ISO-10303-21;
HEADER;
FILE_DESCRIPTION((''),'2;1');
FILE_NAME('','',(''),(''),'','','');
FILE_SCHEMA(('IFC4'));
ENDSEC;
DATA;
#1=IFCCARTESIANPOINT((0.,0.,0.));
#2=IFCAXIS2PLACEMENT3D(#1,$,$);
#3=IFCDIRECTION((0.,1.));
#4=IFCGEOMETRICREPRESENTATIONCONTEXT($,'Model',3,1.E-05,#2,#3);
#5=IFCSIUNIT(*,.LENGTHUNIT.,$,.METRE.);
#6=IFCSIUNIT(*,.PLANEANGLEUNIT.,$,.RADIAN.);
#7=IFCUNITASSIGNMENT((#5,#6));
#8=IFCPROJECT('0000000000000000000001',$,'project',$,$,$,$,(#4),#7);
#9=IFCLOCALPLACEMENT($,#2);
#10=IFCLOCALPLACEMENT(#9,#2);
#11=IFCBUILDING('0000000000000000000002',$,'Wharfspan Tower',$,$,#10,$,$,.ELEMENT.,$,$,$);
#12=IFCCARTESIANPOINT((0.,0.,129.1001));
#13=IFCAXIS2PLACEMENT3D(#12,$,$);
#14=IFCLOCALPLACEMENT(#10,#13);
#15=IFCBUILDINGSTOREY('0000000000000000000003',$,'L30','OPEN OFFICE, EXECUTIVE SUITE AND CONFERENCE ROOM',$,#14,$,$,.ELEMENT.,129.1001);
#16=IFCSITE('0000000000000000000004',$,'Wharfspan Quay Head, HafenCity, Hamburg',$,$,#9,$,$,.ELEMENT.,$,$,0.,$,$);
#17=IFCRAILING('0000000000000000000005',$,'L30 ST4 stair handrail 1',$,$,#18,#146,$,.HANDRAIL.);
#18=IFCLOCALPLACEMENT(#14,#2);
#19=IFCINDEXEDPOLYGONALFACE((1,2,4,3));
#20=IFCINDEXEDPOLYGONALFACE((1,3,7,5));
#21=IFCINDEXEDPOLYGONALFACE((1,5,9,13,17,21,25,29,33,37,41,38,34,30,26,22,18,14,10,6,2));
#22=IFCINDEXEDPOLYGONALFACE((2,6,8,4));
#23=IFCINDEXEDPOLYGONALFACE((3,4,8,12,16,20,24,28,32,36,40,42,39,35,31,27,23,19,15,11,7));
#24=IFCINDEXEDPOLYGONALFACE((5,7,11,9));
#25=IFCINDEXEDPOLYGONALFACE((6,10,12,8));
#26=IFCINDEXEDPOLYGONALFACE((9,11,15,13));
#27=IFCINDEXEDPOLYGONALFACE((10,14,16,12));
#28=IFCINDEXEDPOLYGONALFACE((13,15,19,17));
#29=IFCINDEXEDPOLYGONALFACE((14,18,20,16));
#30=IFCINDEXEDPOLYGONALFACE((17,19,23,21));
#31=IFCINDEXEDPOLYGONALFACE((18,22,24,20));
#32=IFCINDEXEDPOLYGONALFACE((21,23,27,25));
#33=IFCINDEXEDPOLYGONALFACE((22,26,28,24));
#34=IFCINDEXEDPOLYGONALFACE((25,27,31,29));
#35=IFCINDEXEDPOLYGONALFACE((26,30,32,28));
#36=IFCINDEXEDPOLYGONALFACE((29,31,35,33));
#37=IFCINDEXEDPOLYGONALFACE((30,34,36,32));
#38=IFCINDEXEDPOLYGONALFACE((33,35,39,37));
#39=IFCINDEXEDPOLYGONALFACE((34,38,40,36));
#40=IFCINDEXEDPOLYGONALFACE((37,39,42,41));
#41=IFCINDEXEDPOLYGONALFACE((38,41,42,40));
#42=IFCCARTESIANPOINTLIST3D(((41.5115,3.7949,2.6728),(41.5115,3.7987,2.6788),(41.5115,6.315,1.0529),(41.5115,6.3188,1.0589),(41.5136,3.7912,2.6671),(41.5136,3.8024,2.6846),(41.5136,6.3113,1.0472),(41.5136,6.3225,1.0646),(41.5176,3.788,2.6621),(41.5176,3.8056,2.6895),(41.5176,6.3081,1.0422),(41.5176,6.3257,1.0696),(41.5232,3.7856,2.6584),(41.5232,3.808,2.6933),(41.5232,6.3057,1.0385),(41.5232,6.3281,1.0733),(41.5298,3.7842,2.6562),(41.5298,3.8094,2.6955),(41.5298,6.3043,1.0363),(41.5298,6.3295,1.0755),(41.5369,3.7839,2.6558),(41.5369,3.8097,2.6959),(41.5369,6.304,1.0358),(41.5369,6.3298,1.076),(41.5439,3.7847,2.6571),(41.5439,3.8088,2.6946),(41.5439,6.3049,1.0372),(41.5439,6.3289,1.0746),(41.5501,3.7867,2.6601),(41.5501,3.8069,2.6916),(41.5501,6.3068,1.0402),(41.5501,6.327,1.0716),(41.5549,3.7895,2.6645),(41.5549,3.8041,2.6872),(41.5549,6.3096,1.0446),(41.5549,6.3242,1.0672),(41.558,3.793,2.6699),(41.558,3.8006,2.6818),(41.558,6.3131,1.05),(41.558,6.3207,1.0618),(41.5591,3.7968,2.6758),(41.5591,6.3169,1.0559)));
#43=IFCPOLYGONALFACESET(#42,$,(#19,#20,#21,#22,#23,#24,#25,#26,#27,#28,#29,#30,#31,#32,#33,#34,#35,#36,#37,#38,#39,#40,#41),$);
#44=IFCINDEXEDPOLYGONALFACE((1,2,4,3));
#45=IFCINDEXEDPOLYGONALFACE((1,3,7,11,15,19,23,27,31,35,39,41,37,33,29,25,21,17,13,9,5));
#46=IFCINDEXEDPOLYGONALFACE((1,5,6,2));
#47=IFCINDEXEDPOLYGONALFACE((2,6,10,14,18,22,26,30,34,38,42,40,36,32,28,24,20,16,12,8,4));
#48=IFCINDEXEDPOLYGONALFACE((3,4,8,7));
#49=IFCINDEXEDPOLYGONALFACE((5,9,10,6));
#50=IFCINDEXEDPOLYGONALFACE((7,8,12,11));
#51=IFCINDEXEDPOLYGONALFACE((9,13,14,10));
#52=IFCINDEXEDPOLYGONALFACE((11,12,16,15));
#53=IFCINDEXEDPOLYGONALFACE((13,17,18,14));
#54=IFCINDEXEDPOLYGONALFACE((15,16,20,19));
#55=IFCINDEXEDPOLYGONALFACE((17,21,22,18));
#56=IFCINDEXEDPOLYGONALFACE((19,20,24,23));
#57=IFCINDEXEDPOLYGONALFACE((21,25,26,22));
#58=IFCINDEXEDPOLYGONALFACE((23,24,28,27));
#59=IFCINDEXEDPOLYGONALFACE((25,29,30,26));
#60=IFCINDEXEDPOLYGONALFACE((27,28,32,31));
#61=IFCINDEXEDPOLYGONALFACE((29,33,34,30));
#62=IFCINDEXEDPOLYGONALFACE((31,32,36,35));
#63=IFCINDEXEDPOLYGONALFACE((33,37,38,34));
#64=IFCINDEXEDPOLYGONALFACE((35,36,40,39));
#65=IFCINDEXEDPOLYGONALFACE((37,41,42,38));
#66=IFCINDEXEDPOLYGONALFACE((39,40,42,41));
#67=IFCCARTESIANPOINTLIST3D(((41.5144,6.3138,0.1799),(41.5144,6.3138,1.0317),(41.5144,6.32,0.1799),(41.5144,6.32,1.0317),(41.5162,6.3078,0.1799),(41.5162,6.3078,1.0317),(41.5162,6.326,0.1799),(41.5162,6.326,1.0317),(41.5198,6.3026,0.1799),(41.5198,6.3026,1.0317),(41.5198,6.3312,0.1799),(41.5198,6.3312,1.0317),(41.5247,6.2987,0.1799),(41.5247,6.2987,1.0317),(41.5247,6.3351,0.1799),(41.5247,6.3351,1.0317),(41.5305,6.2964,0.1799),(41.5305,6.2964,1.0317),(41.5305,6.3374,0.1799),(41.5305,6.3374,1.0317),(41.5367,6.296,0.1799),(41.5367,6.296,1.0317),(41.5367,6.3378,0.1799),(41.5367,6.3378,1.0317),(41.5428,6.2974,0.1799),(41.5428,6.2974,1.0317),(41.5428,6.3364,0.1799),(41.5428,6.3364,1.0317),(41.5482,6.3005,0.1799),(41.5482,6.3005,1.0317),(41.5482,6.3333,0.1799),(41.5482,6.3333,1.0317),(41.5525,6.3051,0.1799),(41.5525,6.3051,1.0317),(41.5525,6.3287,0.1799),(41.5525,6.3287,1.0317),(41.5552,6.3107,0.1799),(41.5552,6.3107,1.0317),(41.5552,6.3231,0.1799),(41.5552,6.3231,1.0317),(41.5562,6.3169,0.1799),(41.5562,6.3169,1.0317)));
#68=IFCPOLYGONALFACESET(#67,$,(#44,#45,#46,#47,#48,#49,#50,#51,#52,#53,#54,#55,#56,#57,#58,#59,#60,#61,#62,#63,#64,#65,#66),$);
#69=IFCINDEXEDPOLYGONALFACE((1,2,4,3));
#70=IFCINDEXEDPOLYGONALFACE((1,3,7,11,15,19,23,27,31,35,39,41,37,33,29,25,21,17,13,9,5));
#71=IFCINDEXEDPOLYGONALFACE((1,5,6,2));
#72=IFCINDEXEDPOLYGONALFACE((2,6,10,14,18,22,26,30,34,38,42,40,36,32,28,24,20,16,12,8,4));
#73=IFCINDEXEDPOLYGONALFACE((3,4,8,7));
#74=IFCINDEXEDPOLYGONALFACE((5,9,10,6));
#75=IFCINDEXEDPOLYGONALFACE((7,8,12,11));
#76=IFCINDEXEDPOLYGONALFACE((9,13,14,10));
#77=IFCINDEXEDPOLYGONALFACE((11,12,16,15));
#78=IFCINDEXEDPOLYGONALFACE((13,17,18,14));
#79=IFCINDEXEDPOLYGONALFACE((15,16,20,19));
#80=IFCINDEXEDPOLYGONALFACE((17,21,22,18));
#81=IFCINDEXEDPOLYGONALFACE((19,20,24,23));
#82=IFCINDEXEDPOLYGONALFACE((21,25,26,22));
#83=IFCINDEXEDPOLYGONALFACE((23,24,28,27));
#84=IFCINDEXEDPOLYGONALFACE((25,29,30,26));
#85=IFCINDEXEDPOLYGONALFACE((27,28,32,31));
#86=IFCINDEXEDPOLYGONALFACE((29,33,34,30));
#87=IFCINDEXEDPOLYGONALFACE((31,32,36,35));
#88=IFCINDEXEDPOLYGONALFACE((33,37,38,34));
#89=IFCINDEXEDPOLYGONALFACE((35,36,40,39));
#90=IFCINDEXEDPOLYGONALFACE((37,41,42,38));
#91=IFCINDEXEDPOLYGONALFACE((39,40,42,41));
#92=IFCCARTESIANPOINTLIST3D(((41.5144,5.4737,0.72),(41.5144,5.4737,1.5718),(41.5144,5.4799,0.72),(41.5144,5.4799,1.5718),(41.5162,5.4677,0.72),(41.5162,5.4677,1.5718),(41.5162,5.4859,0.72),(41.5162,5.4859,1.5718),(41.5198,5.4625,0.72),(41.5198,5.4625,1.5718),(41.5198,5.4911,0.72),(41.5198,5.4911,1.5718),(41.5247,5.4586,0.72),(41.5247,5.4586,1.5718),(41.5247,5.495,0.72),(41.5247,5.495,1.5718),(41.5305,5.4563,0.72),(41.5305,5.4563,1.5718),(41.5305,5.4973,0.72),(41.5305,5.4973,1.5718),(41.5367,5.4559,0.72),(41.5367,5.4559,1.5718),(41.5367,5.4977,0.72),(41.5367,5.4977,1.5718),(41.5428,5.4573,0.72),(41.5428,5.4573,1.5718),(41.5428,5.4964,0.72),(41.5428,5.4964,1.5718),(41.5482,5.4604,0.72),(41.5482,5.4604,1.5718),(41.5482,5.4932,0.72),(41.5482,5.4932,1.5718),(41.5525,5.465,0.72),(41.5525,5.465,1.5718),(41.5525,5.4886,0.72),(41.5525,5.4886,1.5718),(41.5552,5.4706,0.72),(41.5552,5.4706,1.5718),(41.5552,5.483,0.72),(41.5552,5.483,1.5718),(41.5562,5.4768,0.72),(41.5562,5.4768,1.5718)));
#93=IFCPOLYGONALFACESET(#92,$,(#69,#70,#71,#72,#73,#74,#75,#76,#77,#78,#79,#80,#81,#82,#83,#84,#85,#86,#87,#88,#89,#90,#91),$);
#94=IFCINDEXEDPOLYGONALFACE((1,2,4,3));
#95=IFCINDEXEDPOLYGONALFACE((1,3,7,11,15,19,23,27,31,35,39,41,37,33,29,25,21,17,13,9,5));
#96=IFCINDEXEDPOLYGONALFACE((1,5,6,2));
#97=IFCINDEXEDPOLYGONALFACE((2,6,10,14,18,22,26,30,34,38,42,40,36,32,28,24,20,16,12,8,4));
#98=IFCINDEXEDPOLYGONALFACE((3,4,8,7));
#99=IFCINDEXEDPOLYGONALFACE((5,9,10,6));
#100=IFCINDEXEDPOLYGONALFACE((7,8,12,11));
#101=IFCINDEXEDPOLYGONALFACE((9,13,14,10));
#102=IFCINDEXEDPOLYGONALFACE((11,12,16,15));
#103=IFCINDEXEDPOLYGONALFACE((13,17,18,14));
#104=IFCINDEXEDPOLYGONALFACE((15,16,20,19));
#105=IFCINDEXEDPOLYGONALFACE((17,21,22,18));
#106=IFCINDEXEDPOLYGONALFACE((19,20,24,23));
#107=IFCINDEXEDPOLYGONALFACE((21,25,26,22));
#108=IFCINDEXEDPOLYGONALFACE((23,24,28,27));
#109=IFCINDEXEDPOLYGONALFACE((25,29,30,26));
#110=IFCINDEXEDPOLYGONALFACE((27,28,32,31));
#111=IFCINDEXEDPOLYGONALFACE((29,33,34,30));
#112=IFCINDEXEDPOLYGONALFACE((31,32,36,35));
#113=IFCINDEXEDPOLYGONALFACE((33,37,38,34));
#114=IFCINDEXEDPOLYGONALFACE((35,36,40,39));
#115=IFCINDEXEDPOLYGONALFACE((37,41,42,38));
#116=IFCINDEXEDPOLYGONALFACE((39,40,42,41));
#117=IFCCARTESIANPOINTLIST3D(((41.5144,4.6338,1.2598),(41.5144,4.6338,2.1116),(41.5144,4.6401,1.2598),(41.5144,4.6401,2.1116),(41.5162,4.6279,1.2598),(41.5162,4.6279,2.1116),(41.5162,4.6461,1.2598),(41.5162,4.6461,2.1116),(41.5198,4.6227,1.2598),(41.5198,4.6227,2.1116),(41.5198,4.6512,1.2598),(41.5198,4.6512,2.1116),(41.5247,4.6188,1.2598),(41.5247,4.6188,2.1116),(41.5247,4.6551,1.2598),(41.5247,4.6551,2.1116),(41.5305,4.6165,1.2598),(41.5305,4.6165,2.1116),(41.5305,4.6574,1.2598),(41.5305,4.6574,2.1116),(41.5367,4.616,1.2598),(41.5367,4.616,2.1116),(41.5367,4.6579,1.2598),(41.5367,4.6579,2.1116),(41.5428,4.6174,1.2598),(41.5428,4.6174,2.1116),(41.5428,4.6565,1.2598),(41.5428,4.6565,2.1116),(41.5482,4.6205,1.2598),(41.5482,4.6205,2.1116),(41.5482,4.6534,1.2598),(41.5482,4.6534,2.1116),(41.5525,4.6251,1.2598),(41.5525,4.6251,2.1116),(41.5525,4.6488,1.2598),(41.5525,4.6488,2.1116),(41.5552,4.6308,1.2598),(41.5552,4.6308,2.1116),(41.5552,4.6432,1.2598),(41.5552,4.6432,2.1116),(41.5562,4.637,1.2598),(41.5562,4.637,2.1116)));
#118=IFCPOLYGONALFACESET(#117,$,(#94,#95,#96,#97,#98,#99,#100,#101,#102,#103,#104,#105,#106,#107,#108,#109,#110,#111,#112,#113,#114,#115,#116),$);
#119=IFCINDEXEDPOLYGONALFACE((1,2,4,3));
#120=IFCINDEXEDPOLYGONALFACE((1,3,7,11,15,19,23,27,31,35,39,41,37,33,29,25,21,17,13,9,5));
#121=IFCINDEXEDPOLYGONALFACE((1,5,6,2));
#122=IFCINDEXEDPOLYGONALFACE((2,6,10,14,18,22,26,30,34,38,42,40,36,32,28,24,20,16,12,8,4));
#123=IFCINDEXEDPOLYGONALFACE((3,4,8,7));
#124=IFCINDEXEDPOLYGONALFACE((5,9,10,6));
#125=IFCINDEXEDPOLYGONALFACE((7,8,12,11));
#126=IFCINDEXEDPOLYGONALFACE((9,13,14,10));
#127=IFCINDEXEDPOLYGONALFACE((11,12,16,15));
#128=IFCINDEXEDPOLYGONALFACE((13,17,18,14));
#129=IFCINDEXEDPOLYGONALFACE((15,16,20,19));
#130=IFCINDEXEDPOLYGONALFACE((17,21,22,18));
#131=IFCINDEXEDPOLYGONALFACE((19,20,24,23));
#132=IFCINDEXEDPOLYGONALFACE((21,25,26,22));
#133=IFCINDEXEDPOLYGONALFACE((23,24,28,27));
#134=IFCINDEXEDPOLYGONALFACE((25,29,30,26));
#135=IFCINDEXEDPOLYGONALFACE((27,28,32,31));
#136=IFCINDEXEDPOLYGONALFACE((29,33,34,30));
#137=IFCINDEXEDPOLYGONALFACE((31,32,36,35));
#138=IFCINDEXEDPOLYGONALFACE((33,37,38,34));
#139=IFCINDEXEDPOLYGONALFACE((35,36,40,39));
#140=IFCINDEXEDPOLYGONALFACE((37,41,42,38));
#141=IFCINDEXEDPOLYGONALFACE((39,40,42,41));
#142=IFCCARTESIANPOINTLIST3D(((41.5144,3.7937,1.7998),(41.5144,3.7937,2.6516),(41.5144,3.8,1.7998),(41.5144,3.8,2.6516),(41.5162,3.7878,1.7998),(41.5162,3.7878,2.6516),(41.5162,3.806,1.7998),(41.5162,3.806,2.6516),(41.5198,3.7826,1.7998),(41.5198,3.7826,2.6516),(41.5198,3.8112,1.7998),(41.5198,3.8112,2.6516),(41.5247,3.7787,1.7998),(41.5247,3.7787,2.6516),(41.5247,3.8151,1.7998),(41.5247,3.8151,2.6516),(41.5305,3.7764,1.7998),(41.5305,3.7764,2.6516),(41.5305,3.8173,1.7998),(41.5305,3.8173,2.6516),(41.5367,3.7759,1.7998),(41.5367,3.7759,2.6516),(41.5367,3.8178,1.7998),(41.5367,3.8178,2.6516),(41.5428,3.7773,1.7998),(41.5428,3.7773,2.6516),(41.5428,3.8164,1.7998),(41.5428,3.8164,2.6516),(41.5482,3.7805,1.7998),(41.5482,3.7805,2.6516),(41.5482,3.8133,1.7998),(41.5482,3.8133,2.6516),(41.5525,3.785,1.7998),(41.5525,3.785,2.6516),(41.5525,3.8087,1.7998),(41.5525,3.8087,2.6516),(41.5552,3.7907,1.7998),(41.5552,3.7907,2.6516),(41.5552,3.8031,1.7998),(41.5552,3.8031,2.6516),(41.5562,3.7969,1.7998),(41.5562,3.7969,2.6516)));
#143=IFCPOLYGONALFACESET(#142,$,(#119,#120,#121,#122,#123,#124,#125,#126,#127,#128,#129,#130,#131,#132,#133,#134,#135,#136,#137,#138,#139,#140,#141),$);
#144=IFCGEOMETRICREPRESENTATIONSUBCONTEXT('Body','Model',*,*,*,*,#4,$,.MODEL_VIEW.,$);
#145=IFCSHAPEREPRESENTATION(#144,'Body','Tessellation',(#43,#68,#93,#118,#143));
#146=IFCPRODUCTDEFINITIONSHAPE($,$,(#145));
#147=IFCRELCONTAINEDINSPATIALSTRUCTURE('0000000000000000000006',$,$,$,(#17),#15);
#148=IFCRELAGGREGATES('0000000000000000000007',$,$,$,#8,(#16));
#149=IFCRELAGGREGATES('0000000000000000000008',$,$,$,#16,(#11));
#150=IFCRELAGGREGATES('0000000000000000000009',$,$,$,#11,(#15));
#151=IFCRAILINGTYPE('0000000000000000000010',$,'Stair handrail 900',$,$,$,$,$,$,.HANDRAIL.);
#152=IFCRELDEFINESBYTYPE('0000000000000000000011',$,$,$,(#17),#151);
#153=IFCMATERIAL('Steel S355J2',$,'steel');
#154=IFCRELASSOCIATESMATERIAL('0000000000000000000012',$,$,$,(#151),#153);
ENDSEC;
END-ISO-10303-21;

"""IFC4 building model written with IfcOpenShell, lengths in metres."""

from ifc_helpers import new_model, si_unit, direction, frame, origin, origin_2d, place, context, subcontext, project, spatial, circle, extrude, material, type_object, element, save


model = new_model("IFC4")

# Units and contexts
model_context = context("Model", 3, precision=1e-05, world=origin(), true_north=direction((0.0, 1.0)))
body_context = subcontext(model_context, "Body", "Model", "MODEL_VIEW")
ifc_project = project(units=[si_unit("LENGTHUNIT", "METRE"), si_unit("PLANEANGLEUNIT", "RADIAN")], contexts=[model_context])

# Site, building, storey
site_placement = place(None, origin())
site = spatial("IfcSite", under=ifc_project, at=site_placement, Name="Wharfspan Quay Head, HafenCity, Hamburg", CompositionType="ELEMENT", RefElevation=0.0)
building_placement = place(site_placement, origin())
building = spatial("IfcBuilding", under=site, at=building_placement, Name="Wharfspan Tower", CompositionType="ELEMENT")
storey_placement = place(building_placement, frame((0.0, 0.0, 129.1001)))
storey = spatial("IfcBuildingStorey", under=building, at=storey_placement, Name="L30", Description="OPEN OFFICE, EXECUTIVE SUITE AND CONFERENCE ROOM", CompositionType="ELEMENT", Elevation=129.1001)

# Shared definitions
ifc_material_1 = material(Name="Steel S355J2", Category="steel")

# Railing
railing_type_1 = type_object("IfcRailingType", Name="Stair handrail 900", PredefinedType="HANDRAIL", material=ifc_material_1)
railing_1_placement = place(storey_placement, frame((41.5352, 6.3169, 0.1799)))
element("IfcRailing", 1, at=railing_1_placement, inside=storey, type_object=railing_type_1, Name="L30 ST4 stair handrail 1", PredefinedType="HANDRAIL", context=body_context, shape_type="SweptSolid", body=[
    extrude(circle(Radius=0.0239, at=origin_2d()), frame((0.0, 0.0, 0.876), z_axis=(0.0, -0.8412, 0.540725), x_axis=(1.0, 0.0, 0.0)), (0.0, 0.0, 1.0), 2.9958),
    extrude(circle(Radius=0.021, at=origin_2d()), origin(), (0.0, 0.0, 1.0), 0.8518),
    extrude(circle(Radius=0.021, at=origin_2d()), frame((0.0, -0.8401, 0.54)), (0.0, 0.0, 1.0), 0.8518),
    extrude(circle(Radius=0.021, at=origin_2d()), frame((0.0, -1.6799, 1.0798)), (0.0, 0.0, 1.0), 0.8518),
    extrude(circle(Radius=0.021, at=origin_2d()), frame((0.0, -2.52, 1.6199)), (0.0, 0.0, 1.0), 0.8518),
])

save(model, "model.ifc")
